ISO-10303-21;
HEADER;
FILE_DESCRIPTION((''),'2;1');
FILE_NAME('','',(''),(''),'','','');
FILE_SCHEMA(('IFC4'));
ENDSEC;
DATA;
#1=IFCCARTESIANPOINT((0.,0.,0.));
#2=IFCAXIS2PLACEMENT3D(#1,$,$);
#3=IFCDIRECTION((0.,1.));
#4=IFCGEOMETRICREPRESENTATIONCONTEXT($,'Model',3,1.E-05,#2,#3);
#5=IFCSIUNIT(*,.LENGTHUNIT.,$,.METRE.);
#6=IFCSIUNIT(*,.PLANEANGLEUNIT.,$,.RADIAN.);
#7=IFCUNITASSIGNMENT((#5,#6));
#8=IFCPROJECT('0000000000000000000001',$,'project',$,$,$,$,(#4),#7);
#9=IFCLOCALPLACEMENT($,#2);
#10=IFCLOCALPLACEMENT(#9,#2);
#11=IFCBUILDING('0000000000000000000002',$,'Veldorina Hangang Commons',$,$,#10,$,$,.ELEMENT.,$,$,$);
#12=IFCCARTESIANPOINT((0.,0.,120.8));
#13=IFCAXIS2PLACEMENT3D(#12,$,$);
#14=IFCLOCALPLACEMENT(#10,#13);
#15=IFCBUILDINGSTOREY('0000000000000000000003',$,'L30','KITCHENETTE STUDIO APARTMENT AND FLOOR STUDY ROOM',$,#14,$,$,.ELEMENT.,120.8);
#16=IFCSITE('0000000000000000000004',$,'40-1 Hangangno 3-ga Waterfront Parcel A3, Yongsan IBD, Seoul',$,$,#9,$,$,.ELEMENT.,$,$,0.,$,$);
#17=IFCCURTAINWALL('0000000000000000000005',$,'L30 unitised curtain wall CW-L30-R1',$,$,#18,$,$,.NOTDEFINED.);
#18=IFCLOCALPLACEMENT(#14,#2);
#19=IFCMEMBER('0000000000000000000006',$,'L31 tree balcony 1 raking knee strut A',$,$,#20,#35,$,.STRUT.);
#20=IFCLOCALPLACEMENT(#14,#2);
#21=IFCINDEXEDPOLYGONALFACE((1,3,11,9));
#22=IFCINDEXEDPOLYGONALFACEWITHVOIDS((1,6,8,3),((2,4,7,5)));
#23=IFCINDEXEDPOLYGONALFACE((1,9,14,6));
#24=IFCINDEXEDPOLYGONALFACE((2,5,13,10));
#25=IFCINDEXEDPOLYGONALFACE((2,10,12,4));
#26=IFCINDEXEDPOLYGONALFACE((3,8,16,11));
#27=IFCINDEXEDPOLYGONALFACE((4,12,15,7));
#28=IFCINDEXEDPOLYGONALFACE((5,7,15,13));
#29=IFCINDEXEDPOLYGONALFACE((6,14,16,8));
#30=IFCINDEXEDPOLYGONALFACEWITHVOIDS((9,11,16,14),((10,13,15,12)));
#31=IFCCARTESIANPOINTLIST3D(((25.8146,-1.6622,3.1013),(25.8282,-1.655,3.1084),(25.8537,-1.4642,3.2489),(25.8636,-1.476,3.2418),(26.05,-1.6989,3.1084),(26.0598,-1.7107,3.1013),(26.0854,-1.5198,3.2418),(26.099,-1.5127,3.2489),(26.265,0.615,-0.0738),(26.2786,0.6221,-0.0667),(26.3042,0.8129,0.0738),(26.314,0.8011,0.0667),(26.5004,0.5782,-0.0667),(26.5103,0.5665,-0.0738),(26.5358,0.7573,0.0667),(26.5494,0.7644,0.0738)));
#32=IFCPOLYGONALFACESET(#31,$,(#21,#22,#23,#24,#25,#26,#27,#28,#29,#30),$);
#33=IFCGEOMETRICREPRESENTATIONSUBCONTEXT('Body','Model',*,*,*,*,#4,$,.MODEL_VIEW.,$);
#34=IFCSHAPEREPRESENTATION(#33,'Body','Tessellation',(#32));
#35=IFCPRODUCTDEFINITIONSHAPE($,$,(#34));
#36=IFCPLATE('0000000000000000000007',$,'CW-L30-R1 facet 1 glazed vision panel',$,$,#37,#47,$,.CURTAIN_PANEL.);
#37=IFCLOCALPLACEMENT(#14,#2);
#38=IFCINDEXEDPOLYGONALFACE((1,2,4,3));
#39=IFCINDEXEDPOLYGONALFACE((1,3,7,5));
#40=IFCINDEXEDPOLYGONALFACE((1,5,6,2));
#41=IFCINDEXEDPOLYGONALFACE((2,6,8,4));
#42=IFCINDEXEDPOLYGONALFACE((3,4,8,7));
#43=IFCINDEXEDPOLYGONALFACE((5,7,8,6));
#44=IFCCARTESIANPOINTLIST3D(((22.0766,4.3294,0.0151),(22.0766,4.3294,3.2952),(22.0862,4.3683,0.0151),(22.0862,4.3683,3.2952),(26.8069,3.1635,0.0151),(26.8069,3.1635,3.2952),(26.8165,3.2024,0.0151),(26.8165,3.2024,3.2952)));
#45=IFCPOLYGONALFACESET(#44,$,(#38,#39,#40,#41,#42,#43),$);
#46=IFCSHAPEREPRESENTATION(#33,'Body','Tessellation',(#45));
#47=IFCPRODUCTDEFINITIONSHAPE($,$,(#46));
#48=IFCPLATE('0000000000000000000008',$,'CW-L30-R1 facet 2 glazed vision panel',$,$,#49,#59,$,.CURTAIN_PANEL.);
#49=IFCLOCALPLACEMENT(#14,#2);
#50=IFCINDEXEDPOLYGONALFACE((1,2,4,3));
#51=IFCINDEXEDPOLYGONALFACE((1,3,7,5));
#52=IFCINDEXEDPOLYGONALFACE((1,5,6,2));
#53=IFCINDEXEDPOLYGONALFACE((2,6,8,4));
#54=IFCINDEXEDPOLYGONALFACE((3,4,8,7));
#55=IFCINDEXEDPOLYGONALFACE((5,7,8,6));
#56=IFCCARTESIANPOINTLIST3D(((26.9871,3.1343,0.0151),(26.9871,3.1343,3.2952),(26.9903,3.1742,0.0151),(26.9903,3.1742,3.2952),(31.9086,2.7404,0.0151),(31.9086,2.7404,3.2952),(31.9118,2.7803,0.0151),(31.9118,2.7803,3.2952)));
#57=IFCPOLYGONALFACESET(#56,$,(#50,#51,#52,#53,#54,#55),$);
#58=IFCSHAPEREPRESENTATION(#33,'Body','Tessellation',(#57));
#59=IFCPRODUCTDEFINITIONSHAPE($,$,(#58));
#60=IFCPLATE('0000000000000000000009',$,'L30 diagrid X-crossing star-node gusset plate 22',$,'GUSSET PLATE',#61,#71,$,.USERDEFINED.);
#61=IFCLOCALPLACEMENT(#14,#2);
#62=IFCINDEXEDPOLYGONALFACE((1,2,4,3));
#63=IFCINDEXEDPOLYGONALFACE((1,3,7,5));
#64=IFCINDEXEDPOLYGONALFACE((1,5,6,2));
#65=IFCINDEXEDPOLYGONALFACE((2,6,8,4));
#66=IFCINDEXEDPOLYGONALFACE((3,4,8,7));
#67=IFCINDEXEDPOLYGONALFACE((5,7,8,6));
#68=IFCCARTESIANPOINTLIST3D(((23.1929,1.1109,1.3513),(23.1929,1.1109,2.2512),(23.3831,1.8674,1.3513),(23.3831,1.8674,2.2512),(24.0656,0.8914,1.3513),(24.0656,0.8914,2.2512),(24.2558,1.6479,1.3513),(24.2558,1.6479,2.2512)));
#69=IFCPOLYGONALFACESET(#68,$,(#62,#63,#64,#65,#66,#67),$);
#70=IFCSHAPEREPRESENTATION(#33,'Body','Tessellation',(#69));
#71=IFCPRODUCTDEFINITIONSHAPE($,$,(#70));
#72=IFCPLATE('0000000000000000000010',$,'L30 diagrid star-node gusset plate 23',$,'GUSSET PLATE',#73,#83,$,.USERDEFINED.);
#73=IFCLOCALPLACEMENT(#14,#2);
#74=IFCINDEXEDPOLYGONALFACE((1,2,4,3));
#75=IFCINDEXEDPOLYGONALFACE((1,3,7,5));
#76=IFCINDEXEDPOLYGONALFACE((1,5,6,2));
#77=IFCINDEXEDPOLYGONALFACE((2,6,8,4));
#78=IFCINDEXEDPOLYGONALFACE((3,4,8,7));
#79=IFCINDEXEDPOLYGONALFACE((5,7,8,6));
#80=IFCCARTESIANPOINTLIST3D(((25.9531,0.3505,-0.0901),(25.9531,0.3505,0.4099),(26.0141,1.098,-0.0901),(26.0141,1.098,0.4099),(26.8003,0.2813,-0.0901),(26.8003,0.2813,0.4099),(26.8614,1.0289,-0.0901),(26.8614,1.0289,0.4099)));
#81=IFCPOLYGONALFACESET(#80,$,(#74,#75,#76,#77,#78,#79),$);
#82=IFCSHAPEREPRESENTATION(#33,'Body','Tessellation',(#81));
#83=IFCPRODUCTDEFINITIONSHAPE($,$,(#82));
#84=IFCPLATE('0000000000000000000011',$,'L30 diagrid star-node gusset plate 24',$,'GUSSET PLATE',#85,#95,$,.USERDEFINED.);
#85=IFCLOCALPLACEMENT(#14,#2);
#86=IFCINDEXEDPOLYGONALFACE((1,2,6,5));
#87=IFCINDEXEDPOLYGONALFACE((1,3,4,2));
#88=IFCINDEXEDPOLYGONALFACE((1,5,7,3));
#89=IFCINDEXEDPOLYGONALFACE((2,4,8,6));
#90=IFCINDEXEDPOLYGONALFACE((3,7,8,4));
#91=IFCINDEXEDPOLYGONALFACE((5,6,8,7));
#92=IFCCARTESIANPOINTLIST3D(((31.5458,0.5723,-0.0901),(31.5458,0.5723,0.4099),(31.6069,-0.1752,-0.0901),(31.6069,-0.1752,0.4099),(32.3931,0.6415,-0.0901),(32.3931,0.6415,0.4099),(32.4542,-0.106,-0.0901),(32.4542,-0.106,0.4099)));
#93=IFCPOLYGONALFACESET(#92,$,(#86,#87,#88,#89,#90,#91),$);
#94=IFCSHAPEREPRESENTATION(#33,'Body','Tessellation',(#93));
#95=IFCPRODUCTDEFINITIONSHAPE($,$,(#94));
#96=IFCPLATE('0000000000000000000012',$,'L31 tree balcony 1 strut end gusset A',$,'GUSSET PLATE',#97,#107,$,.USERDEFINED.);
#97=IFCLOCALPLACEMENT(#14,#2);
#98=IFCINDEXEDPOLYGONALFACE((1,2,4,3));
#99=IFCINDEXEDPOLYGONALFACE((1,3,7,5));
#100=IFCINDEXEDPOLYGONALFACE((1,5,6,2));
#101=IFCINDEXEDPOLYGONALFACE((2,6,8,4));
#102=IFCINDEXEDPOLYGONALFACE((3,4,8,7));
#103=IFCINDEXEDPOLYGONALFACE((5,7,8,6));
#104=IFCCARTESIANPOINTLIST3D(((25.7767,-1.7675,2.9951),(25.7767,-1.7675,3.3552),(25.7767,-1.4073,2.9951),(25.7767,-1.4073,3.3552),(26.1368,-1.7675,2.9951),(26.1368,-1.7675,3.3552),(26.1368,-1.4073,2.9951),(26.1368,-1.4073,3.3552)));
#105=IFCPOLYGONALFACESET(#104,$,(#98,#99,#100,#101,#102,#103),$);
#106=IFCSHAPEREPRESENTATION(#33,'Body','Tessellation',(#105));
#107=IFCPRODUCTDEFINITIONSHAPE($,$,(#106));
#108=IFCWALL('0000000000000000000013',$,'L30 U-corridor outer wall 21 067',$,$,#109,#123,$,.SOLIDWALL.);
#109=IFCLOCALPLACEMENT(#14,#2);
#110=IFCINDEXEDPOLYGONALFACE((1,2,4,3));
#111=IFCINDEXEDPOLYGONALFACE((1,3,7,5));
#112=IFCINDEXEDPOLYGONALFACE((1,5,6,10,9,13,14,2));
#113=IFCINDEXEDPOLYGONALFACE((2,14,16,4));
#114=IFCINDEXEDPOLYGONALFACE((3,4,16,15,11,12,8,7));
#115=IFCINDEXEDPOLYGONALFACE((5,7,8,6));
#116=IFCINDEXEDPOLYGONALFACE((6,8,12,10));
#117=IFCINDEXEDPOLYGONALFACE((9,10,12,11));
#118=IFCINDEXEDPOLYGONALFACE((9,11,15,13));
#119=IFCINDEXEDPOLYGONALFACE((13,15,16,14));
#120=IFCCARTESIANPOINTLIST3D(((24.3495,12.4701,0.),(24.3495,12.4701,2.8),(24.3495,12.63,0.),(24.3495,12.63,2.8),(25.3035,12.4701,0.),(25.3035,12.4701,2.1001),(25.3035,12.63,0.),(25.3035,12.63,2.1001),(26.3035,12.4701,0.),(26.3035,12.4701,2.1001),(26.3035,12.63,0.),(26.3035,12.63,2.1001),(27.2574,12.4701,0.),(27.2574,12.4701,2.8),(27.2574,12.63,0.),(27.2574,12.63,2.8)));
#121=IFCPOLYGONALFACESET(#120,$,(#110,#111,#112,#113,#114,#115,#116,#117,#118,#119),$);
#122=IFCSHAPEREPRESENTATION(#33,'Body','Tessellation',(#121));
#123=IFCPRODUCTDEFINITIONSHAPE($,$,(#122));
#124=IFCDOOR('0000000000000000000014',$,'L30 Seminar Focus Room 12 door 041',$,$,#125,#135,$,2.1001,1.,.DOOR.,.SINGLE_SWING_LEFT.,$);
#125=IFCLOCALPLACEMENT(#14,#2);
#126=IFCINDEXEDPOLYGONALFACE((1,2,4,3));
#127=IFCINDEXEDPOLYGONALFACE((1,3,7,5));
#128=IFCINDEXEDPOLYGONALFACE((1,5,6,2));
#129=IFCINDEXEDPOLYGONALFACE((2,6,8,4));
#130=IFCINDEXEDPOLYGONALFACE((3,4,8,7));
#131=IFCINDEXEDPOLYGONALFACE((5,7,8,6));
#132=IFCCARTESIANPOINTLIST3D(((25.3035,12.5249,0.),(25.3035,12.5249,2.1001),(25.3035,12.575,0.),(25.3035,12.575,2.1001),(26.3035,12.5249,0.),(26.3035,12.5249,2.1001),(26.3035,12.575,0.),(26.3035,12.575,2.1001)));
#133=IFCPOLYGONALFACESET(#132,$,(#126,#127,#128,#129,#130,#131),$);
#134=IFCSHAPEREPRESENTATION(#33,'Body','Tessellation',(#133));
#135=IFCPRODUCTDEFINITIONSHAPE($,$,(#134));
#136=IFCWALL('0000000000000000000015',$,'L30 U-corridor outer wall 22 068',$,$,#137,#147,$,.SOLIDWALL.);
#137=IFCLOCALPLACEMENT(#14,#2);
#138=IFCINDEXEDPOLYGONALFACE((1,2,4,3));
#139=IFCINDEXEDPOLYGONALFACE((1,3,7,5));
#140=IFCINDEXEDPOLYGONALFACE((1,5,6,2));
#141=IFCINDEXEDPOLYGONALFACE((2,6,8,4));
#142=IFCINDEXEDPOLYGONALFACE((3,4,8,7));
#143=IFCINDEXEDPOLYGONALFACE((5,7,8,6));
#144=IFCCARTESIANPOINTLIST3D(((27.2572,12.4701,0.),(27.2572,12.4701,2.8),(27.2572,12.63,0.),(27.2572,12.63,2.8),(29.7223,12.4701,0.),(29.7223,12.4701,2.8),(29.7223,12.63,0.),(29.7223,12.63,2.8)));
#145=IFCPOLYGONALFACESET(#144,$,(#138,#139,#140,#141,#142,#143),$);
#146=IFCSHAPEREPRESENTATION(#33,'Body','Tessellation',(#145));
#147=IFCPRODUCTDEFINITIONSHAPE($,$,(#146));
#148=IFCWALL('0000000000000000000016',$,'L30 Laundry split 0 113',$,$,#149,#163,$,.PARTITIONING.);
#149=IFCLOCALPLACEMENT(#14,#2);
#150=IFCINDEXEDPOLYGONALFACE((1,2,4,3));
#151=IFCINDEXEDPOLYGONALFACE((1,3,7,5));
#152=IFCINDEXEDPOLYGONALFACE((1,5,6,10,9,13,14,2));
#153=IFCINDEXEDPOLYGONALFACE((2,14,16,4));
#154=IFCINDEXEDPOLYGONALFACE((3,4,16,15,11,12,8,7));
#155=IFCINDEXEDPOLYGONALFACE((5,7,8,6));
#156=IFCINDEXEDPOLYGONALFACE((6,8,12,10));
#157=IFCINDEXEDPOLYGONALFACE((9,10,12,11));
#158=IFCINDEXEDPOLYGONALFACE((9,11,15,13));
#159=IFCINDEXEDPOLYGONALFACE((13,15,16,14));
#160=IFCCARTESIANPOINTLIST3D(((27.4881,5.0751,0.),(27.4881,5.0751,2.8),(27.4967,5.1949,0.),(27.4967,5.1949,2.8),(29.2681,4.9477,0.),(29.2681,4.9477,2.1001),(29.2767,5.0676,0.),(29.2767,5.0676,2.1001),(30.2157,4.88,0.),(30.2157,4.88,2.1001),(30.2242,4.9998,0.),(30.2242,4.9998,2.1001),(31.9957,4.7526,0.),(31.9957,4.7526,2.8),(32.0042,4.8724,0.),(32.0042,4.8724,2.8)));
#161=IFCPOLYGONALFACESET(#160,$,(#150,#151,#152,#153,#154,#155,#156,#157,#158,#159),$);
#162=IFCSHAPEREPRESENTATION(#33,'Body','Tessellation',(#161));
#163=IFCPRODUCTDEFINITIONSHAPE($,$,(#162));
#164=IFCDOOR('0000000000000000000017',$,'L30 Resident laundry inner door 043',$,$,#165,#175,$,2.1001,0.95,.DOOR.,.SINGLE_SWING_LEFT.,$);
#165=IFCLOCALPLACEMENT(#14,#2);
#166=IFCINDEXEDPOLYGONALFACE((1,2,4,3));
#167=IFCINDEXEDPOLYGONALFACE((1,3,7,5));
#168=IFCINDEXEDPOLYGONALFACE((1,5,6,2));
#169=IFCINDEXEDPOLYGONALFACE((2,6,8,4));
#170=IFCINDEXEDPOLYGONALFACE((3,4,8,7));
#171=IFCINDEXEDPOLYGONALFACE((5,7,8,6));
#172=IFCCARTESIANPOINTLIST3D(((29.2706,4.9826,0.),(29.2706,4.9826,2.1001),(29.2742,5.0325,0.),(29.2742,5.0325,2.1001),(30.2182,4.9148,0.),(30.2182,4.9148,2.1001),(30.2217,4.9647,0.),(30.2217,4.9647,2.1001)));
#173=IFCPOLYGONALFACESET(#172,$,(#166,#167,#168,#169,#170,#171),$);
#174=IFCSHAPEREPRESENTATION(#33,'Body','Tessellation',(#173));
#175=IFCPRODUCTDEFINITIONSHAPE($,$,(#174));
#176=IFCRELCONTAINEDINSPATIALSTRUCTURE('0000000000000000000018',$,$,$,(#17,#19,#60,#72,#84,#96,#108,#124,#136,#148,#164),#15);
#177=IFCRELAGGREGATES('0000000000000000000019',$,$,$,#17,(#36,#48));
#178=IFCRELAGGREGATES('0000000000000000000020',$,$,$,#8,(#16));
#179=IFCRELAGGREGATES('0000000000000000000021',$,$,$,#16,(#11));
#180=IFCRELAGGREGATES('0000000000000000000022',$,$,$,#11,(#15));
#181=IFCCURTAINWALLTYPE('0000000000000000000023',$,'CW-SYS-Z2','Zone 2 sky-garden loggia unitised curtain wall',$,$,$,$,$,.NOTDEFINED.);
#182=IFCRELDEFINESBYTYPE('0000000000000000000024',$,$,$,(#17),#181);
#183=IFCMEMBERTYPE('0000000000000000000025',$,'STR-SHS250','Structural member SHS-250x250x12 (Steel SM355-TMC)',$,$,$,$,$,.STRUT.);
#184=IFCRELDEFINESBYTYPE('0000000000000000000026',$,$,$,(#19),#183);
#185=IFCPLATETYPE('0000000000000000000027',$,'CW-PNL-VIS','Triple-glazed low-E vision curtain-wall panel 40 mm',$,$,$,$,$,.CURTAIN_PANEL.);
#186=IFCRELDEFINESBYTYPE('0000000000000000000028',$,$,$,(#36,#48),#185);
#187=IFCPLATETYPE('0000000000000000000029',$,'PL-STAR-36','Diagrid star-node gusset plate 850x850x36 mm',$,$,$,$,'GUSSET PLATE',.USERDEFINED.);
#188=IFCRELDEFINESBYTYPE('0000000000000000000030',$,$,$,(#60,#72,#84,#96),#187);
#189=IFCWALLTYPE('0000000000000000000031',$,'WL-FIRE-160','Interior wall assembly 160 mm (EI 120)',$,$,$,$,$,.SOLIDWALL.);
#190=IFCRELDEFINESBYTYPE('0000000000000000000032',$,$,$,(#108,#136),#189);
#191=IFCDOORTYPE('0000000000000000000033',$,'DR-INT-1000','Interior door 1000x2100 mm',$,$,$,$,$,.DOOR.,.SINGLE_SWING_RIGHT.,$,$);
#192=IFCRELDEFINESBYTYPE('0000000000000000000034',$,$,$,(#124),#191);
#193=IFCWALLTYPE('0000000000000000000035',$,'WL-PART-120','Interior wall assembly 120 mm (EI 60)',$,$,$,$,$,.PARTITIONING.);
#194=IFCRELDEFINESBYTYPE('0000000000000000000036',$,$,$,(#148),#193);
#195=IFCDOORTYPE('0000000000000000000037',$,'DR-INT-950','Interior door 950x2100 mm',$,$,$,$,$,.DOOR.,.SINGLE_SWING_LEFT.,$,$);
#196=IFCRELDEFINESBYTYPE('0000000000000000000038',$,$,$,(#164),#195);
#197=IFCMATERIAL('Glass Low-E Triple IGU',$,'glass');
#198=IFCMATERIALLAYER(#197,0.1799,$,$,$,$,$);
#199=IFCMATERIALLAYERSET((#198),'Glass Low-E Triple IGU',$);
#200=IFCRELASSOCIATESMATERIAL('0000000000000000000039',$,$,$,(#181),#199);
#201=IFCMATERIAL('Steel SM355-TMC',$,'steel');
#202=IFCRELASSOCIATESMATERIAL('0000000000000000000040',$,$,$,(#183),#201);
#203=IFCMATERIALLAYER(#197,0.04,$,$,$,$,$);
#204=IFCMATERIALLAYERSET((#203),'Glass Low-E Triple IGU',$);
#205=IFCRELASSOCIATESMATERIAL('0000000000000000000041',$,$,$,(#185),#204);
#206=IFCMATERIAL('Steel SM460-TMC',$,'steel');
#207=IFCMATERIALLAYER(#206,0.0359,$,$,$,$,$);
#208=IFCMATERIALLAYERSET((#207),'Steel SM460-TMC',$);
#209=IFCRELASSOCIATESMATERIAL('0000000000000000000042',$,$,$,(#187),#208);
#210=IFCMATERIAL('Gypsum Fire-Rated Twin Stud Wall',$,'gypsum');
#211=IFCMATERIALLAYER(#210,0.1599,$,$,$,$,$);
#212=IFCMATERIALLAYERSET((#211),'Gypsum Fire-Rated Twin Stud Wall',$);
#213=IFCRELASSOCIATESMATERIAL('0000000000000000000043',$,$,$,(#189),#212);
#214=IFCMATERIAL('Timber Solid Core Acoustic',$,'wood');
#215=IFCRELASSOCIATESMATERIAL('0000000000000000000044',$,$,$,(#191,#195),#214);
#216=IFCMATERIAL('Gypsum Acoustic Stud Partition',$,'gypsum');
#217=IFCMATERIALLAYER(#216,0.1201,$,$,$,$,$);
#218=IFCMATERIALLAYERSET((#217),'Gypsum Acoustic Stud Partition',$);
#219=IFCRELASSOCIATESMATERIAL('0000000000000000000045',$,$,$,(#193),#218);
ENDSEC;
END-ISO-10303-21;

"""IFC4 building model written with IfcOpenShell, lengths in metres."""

from ifc_helpers import new_model, si_unit, direction, frame, frame_2d, origin, origin_2d, place, context, subcontext, project, spatial, rectangle, hollow_rectangle, extrude, material, layer, layer_set, material_profile, profile_set, type_object, element, fill, aggregate, save


model = new_model("IFC4")

# Units and contexts
model_context = context("Model", 3, precision=1e-05, world=origin(), true_north=direction((0.0, 1.0)))
body_context = subcontext(model_context, "Body", "Model", "MODEL_VIEW")
ifc_project = project(units=[si_unit("LENGTHUNIT", "METRE"), si_unit("PLANEANGLEUNIT", "RADIAN")], contexts=[model_context])

# Site, building, storey
site_placement = place(None, origin())
site = spatial("IfcSite", under=ifc_project, at=site_placement, Name="40-1 Hangangno 3-ga Waterfront Parcel A3, Yongsan IBD, Seoul", CompositionType="ELEMENT", RefElevation=0.0)
building_placement = place(site_placement, origin())
building = spatial("IfcBuilding", under=site, at=building_placement, Name="Veldorina Hangang Commons", CompositionType="ELEMENT")
storey_placement = place(building_placement, frame((0.0, 0.0, 120.8)))
storey = spatial("IfcBuildingStorey", under=building, at=storey_placement, Name="L30", Description="KITCHENETTE STUDIO APARTMENT AND FLOOR STUDY ROOM", CompositionType="ELEMENT", Elevation=120.8)

# Shared definitions
ifc_material_1 = material(Name="Steel SM355-TMC", Category="steel")

# Curtain wall
ifc_material_2 = material(Name="Glass Low-E Triple IGU", Category="glass")
ifc_layer_1 = layer(ifc_material_2, 0.1799)
ifc_layer_set_1 = layer_set([ifc_layer_1], Name="Glass Low-E Triple IGU")
curtain_wall_type = type_object("IfcCurtainWallType", Name="CW-SYS-Z2", Description="Zone 2 sky-garden loggia unitised curtain wall", PredefinedType="NOTDEFINED", material=ifc_layer_set_1)
curtain_wall_placement = place(storey_placement, origin())
curtain_wall = element("IfcCurtainWall", 1, at=curtain_wall_placement, inside=storey, type_object=curtain_wall_type, Name="L30 unitised curtain wall CW-L30-R1", PredefinedType="NOTDEFINED")

# Member
ifc_material_profile_1 = material_profile(ifc_material_1, hollow_rectangle(XDim=0.25, YDim=0.25, WallThickness=0.012, at=origin_2d()), Name="SHS-250x250x12")
ifc_profile_set_1 = profile_set([ifc_material_profile_1], Name="Steel SM355-TMC")
member_type_1 = type_object("IfcMemberType", Name="STR-SHS250", Description="Structural member SHS-250x250x12 (Steel SM355-TMC)", PredefinedType="STRUT", material=ifc_profile_set_1)
member_1_placement = place(storey_placement, frame((26.4072, 0.6897, 0.0), z_axis=(-0.114526, -0.578963, 0.807271), x_axis=(0.980991, -0.194053, 0.0)))
element("IfcMember", 2, at=member_1_placement, inside=storey, type_object=member_type_1, Name="L31 tree balcony 1 raking knee strut A", PredefinedType="STRUT", context=body_context, shape_type="SweptSolid", body=[
    extrude(hollow_rectangle(XDim=0.25, YDim=0.25, WallThickness=0.012, at=origin_2d()), origin(), (0.0, 0.0, 1.0), 3.9331),
])

# Plates
ifc_layer_2 = layer(ifc_material_2, 0.04)
ifc_layer_set_2 = layer_set([ifc_layer_2], Name="Glass Low-E Triple IGU")
plate_type_1 = type_object("IfcPlateType", Name="CW-PNL-VIS", Description="Triple-glazed low-E vision curtain-wall panel 40 mm", PredefinedType="CURTAIN_PANEL", material=ifc_layer_set_2)
plate_1_placement = place(storey_placement, frame((24.4465, 3.7659, 0.0151), z_axis=(0.0, 0.0, 1.0), x_axis=(0.970942, -0.239313, 0.0)))
plate_1 = element("IfcPlate", 3, at=plate_1_placement, type_object=plate_type_1, Name="CW-L30-R1 facet 1 glazed vision panel", PredefinedType="CURTAIN_PANEL", context=body_context, shape_type="SweptSolid", body=[
    extrude(rectangle(XDim=4.8718, YDim=0.04, at=origin_2d()), origin(), (0.0, 0.0, 1.0), 3.28),
])
plate_2_placement = place(storey_placement, frame((29.4495, 2.9573, 0.0151), z_axis=(0.0, 0.0, 1.0), x_axis=(0.996812, -0.079781, 0.0)))
plate_2 = element("IfcPlate", 4, at=plate_2_placement, type_object=plate_type_1, Name="CW-L30-R1 facet 2 glazed vision panel", PredefinedType="CURTAIN_PANEL", context=body_context, shape_type="SweptSolid", body=[
    extrude(rectangle(XDim=4.9373, YDim=0.04, at=origin_2d()), origin(), (0.0, 0.0, 1.0), 3.28),
])
aggregate(curtain_wall, [plate_1, plate_2])

# Plates
ifc_material_3 = material(Name="Steel SM460-TMC", Category="steel")
ifc_layer_3 = layer(ifc_material_3, 0.0359)
ifc_layer_set_3 = layer_set([ifc_layer_3], Name="Steel SM460-TMC")
plate_type_2 = type_object("IfcPlateType", Name="PL-STAR-36", Description="Diagrid star-node gusset plate 850x850x36 mm", ElementType="GUSSET PLATE", PredefinedType="USERDEFINED", material=ifc_layer_set_3)
plate_3_placement = place(storey_placement, frame((23.7244, 1.3794, 1.3513), z_axis=(0.0, 0.0, 1.0), x_axis=(0.969804, -0.243886, 0.0)))
element("IfcPlate", 5, at=plate_3_placement, inside=storey, type_object=plate_type_2, Name="L30 diagrid X-crossing star-node gusset plate 22", ObjectType="GUSSET PLATE", PredefinedType="USERDEFINED", context=body_context, shape_type="SweptSolid", body=[
    extrude(rectangle(XDim=0.8999, YDim=0.78, at=origin_2d()), origin(), (0.0, 0.0, 1.0), 0.8999),
])
for number, where, z_axis, x_axis, name in (
    (6, (26.4072, 0.6897, -0.0901), (0.0, 0.0, 1.0), (0.996683, -0.081382, 0.0), "L30 diagrid star-node gusset plate 23"),
    (7, (32.0, 0.2332, -0.0901), (0.0, 0.0, 1.0), (0.996683, 0.081382, 0.0), "L30 diagrid star-node gusset plate 24"),
):
    element("IfcPlate", number, at=place(storey_placement, frame(where, z_axis=z_axis, x_axis=x_axis)), inside=storey, type_object=plate_type_2, Name=name, ObjectType="GUSSET PLATE", PredefinedType="USERDEFINED", context=body_context, shape_type="SweptSolid", body=[
        extrude(rectangle(XDim=0.8501, YDim=0.75, at=origin_2d()), origin(), (0.0, 0.0, 1.0), 0.5),
    ])
plate_4_placement = place(storey_placement, frame((25.9568, -1.5874, 2.9951), z_axis=(0.0, 0.0, 1.0), x_axis=(1.0, 0.0, 0.0)))
element("IfcPlate", 8, at=plate_4_placement, inside=storey, type_object=plate_type_2, Name="L31 tree balcony 1 strut end gusset A", ObjectType="GUSSET PLATE", PredefinedType="USERDEFINED", context=body_context, shape_type="SweptSolid", body=[
    extrude(rectangle(XDim=0.3601, YDim=0.3601, at=origin_2d()), origin(), (0.0, 0.0, 1.0), 0.3601),
])

# Wall, opening, door
ifc_material_4 = material(Name="Gypsum Fire-Rated Twin Stud Wall", Category="gypsum")
ifc_layer_4 = layer(ifc_material_4, 0.1599)
ifc_layer_set_4 = layer_set([ifc_layer_4], Name="Gypsum Fire-Rated Twin Stud Wall")
wall_type_1 = type_object("IfcWallType", Name="WL-FIRE-160", Description="Interior wall assembly 160 mm (EI 120)", PredefinedType="SOLIDWALL", material=ifc_layer_set_4)
wall_1_placement = place(storey_placement, frame((24.3494, 12.55, 0.0), z_axis=(0.0, 0.0, 1.0), x_axis=(1.0, 0.0, 0.0)))
wall_1 = element("IfcWall", 9, at=wall_1_placement, inside=storey, type_object=wall_type_1, Name="L30 U-corridor outer wall 21 067", PredefinedType="SOLIDWALL", context=body_context, shape_type="SweptSolid", body=[
    extrude(rectangle(XDim=2.908, YDim=0.1599, at=frame_2d((1.4541, 0.0))), origin(), (0.0, 0.0, 1.0), 2.8),
])
opening_1_placement = place(wall_1_placement, frame((0.9541, 0.0, 0.0)))
opening_1 = element("IfcOpeningElement", 10, at=opening_1_placement, cuts=wall_1, PredefinedType="OPENING", context=body_context, shape_type="SweptSolid", body=[
    extrude(rectangle(XDim=1.0, YDim=2.1001, at=frame_2d((0.5, 1.05))), frame((0.0, 0.0898, 0.0), z_axis=(0.0, -1.0, 0.0), x_axis=(1.0, 0.0, 0.0)), (0.0, 0.0, 1.0), 0.1799),
])
ifc_material_5 = material(Name="Timber Solid Core Acoustic", Category="wood")
door_type_1 = type_object("IfcDoorType", Name="DR-INT-1000", Description="Interior door 1000x2100 mm", OperationType="SINGLE_SWING_RIGHT", PredefinedType="DOOR", material=ifc_material_5)
door_1_placement = place(opening_1_placement, origin())
door_1 = element("IfcDoor", 11, at=door_1_placement, inside=storey, type_object=door_type_1, Name="L30 Seminar Focus Room 12 door 041", OperationType="SINGLE_SWING_LEFT", OverallHeight=2.1001, OverallWidth=1.0, PredefinedType="DOOR", context=body_context, shape_type="SweptSolid", body=[
    extrude(rectangle(XDim=1.0, YDim=2.1001, at=frame_2d((0.5, 1.05))), frame((0.0, 0.0249, 0.0), z_axis=(0.0, -1.0, 0.0), x_axis=(1.0, 0.0, 0.0)), (0.0, 0.0, 1.0), 0.05),
])
fill(opening_1, door_1)

# Wall
wall_2_placement = place(storey_placement, frame((27.2573, 12.55, 0.0), z_axis=(0.0, 0.0, 1.0), x_axis=(1.0, 0.0, 0.0)))
element("IfcWall", 12, at=wall_2_placement, inside=storey, type_object=wall_type_1, Name="L30 U-corridor outer wall 22 068", PredefinedType="SOLIDWALL", context=body_context, shape_type="SweptSolid", body=[
    extrude(rectangle(XDim=2.4651, YDim=0.1599, at=frame_2d((1.2324, 0.0))), origin(), (0.0, 0.0, 1.0), 2.8),
])

# Wall, opening, door
ifc_material_6 = material(Name="Gypsum Acoustic Stud Partition", Category="gypsum")
ifc_layer_5 = layer(ifc_material_6, 0.1201)
ifc_layer_set_5 = layer_set([ifc_layer_5], Name="Gypsum Acoustic Stud Partition")
wall_type_2 = type_object("IfcWallType", Name="WL-PART-120", Description="Interior wall assembly 120 mm (EI 60)", PredefinedType="PARTITIONING", material=ifc_layer_set_5)
wall_3_placement = place(storey_placement, frame((27.4924, 5.135, 0.0), z_axis=(0.0, 0.0, 1.0), x_axis=(0.99745, -0.071366, 0.0)))
wall_3 = element("IfcWall", 13, at=wall_3_placement, inside=storey, type_object=wall_type_2, Name="L30 Laundry split 0 113", PredefinedType="PARTITIONING", context=body_context, shape_type="SweptSolid", body=[
    extrude(rectangle(XDim=4.519, YDim=0.1201, at=frame_2d((2.2595, 0.0))), origin(), (0.0, 0.0, 1.0), 2.8),
])
opening_2_placement = place(wall_3_placement, frame((1.7844, 0.0, 0.0)))
opening_2 = element("IfcOpeningElement", 14, at=opening_2_placement, cuts=wall_3, PredefinedType="OPENING", context=body_context, shape_type="SweptSolid", body=[
    extrude(rectangle(XDim=0.95, YDim=2.1001, at=frame_2d((0.4751, 1.05))), frame((0.0, 0.0701, 0.0), z_axis=(0.0, -1.0, 0.0), x_axis=(1.0, 0.0, 0.0)), (0.0, 0.0, 1.0), 0.1401),
])
door_type_2 = type_object("IfcDoorType", Name="DR-INT-950", Description="Interior door 950x2100 mm", OperationType="SINGLE_SWING_LEFT", PredefinedType="DOOR", material=ifc_material_5)
door_2_placement = place(opening_2_placement, origin())
door_2 = element("IfcDoor", 15, at=door_2_placement, inside=storey, type_object=door_type_2, Name="L30 Resident laundry inner door 043", OperationType="SINGLE_SWING_LEFT", OverallHeight=2.1001, OverallWidth=0.95, PredefinedType="DOOR", context=body_context, shape_type="SweptSolid", body=[
    extrude(rectangle(XDim=0.95, YDim=2.1001, at=frame_2d((0.4751, 1.05))), frame((0.0, 0.0249, 0.0), z_axis=(0.0, -1.0, 0.0), x_axis=(1.0, 0.0, 0.0)), (0.0, 0.0, 1.0), 0.05),
])
fill(opening_2, door_2)

save(model, "model.ifc")
